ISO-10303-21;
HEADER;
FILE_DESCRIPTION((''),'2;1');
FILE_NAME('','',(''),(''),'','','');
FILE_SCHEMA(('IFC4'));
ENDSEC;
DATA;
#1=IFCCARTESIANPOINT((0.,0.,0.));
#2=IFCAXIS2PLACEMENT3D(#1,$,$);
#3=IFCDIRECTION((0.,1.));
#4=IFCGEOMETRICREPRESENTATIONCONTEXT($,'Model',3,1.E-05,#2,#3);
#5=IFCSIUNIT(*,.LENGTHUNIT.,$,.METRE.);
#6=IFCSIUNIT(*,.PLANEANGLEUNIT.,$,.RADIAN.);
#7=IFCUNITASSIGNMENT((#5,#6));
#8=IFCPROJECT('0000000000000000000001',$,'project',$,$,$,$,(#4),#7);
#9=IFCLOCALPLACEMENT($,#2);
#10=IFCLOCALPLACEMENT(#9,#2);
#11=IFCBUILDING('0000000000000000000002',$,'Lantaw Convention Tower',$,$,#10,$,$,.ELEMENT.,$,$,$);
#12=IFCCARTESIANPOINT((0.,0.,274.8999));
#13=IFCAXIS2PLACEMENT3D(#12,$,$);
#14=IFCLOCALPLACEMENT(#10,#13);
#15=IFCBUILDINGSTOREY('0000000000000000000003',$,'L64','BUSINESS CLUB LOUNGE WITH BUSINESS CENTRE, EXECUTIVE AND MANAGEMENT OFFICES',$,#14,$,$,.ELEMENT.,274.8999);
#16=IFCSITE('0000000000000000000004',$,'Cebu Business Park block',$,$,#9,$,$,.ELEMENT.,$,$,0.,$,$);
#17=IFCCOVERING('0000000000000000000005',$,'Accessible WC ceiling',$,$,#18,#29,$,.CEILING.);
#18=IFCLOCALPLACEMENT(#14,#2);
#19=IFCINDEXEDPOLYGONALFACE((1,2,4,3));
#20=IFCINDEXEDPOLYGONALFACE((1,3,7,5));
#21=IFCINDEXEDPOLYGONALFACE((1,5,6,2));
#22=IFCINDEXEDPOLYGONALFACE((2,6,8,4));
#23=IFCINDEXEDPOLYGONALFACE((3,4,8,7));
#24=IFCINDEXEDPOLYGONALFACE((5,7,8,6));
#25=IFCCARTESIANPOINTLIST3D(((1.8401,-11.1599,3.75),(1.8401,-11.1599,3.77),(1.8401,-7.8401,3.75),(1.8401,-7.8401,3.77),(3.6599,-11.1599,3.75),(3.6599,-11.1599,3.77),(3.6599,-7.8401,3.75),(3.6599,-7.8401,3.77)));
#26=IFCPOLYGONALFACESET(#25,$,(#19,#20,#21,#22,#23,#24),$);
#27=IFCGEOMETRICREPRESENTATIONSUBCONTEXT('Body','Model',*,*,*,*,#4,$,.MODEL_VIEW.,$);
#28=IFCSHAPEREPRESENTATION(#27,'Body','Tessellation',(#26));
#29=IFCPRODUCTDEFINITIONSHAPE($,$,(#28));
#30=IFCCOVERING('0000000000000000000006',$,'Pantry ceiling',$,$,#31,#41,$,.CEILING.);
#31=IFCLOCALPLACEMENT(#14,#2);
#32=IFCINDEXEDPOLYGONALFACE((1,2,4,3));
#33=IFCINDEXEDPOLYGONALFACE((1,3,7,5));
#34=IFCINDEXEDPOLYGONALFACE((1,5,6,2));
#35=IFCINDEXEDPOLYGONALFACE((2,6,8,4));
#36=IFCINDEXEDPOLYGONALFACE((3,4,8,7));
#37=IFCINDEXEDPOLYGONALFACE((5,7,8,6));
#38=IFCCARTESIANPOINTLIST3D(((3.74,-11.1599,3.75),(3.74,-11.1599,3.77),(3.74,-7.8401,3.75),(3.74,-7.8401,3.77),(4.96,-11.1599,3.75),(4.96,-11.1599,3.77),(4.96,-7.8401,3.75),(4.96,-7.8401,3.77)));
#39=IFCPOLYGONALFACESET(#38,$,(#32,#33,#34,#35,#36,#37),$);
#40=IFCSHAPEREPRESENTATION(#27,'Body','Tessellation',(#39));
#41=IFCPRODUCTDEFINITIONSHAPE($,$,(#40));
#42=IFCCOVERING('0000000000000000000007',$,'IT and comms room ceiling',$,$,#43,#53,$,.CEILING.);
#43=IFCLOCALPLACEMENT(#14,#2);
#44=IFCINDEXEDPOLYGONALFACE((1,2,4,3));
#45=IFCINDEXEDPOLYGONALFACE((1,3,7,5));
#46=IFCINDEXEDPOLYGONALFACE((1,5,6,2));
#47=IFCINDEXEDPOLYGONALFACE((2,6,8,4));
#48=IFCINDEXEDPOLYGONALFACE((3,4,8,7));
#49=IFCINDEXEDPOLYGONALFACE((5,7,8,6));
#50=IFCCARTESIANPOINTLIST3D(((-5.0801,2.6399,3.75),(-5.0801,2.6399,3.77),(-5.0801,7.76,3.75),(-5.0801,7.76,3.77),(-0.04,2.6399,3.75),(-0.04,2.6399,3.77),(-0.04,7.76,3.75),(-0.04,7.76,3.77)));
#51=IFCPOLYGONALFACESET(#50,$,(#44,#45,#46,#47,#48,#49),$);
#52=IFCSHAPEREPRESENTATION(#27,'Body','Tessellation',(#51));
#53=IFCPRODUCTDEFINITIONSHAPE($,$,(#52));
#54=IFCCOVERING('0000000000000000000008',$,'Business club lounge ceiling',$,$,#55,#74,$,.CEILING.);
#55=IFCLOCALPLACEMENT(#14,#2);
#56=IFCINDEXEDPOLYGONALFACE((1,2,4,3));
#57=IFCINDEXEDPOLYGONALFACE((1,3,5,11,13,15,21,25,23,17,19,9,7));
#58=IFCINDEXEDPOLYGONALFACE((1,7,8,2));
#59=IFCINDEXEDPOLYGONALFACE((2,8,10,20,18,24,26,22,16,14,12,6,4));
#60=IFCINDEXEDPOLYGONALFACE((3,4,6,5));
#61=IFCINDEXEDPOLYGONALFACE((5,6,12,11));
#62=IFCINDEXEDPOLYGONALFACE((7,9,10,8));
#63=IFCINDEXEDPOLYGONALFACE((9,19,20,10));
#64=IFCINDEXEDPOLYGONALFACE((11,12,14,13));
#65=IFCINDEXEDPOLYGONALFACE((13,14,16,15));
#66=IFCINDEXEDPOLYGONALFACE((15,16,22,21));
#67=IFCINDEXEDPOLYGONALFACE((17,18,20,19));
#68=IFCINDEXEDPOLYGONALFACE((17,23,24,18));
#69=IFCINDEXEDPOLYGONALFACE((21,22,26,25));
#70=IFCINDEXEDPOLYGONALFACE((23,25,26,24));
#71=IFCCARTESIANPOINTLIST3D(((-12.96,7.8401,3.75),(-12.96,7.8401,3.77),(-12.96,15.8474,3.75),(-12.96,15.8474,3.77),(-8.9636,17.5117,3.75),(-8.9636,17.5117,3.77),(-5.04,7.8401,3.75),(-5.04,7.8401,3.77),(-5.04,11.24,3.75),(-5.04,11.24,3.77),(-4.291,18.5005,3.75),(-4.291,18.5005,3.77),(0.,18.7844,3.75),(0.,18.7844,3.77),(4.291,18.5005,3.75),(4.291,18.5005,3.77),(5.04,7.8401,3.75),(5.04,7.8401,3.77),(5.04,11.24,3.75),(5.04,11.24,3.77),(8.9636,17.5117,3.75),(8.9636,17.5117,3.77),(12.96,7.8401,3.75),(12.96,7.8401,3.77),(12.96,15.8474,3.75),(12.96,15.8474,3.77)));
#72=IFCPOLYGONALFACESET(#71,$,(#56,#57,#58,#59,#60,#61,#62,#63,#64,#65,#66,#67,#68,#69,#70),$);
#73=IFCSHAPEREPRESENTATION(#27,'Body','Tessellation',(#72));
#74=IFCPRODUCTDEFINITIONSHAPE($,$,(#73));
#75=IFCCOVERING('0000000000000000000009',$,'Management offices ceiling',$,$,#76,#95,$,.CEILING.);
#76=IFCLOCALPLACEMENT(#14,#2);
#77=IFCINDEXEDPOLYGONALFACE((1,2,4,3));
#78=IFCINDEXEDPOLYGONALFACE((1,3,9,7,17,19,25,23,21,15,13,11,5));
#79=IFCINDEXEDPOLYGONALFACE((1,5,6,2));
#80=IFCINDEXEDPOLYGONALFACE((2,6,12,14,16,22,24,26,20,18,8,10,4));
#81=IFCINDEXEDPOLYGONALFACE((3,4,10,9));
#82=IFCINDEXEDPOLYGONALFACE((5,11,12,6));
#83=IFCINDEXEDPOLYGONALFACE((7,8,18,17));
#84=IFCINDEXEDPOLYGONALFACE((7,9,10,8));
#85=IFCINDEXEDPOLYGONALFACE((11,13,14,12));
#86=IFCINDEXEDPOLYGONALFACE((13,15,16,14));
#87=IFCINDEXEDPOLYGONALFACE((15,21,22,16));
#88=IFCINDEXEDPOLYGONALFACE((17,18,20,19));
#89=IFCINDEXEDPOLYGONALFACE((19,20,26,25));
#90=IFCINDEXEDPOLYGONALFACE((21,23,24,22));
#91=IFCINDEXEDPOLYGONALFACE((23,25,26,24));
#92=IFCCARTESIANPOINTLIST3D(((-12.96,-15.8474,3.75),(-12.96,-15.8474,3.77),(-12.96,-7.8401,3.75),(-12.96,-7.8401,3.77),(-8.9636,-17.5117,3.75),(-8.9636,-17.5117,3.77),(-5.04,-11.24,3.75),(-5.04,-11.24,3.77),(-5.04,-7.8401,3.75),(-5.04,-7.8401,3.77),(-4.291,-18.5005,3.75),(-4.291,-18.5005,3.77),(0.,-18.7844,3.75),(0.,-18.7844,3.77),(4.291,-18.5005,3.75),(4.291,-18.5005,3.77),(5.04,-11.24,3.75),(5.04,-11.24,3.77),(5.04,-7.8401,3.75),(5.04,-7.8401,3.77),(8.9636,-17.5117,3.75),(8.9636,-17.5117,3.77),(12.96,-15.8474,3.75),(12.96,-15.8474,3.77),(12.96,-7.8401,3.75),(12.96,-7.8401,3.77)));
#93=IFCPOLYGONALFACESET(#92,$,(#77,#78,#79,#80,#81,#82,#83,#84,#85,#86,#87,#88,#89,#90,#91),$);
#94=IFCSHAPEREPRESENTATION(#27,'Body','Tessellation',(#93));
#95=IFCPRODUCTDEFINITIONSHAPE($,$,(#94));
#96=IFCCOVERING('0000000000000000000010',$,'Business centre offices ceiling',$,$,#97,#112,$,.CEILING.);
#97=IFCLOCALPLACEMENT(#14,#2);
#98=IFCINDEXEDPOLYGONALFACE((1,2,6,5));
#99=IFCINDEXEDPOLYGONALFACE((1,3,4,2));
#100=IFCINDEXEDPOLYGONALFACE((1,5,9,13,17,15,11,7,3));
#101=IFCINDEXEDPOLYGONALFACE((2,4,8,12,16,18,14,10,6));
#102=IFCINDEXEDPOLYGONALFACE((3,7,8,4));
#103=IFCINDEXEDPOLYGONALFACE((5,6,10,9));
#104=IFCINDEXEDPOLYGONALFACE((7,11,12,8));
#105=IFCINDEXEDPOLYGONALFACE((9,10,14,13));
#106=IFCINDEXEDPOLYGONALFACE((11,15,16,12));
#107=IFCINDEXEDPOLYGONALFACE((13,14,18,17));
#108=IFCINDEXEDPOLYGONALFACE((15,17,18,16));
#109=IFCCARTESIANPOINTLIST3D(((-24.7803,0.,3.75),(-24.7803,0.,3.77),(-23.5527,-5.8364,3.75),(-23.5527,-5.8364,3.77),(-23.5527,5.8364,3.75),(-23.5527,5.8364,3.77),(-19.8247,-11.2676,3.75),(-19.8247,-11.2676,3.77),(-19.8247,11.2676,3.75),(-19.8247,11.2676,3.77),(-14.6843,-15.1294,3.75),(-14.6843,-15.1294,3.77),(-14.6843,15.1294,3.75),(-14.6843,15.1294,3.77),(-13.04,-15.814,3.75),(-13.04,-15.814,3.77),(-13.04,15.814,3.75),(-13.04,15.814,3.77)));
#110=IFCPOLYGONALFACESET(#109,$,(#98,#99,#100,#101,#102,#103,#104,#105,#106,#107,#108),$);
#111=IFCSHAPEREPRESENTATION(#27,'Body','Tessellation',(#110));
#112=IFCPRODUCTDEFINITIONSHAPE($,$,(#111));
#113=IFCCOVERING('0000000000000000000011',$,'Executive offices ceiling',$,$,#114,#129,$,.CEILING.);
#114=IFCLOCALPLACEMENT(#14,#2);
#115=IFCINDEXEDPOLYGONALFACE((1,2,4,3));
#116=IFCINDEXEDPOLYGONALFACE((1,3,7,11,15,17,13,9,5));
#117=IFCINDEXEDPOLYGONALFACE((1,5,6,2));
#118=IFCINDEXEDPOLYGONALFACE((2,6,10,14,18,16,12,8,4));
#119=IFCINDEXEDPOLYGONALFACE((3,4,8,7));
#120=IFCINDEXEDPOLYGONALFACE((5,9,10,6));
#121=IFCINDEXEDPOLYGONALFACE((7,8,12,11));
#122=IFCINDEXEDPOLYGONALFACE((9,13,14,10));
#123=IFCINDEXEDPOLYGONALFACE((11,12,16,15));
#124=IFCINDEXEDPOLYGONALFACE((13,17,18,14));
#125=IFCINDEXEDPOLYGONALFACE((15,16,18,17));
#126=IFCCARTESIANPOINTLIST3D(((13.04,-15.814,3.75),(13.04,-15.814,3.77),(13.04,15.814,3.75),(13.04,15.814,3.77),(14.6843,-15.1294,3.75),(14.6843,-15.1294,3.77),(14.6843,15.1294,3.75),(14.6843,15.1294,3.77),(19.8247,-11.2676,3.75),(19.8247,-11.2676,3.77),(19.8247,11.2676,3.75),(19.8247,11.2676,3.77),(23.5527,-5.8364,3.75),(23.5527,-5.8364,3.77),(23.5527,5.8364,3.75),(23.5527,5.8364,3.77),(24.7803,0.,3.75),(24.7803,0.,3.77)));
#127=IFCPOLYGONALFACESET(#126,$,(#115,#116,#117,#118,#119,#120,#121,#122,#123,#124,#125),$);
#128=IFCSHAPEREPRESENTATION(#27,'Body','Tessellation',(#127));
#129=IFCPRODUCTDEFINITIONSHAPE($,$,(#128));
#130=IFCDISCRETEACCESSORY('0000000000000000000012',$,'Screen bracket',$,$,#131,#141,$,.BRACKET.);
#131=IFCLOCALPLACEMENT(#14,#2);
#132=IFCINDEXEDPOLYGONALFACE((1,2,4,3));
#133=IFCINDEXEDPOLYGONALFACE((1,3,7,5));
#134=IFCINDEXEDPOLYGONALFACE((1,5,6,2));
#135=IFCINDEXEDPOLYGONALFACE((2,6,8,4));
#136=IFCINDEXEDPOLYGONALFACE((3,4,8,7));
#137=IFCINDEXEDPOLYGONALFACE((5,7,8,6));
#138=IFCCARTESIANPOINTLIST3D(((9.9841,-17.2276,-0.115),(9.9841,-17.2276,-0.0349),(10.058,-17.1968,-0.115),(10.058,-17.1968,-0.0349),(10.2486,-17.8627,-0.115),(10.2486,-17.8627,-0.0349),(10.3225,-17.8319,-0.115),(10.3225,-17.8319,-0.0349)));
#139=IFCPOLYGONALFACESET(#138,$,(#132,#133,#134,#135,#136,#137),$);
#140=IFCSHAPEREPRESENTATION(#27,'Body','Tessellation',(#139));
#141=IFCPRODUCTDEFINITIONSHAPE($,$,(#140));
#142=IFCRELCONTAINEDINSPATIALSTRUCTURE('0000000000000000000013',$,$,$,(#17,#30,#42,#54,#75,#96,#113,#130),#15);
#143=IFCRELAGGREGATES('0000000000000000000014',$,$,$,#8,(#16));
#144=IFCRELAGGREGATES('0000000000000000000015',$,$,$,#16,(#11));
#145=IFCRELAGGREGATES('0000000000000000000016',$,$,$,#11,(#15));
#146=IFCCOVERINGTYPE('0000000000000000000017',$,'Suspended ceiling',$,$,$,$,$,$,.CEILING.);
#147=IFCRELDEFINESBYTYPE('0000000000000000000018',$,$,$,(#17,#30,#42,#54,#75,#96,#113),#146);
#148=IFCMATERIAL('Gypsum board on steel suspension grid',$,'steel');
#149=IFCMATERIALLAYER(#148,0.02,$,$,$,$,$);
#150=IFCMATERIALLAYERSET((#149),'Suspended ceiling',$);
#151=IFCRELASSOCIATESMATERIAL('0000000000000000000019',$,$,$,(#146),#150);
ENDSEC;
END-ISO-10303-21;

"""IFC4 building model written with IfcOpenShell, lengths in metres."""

from ifc_helpers import new_model, si_unit, direction, frame, origin, origin_2d, place, context, subcontext, project, spatial, polyline, rectangle, outline, extrude, material, layer, layer_set, type_object, element, save


model = new_model("IFC4")

# Units and contexts
model_context = context("Model", 3, precision=1e-05, world=origin(), true_north=direction((0.0, 1.0)))
body_context = subcontext(model_context, "Body", "Model", "MODEL_VIEW")
ifc_project = project(units=[si_unit("LENGTHUNIT", "METRE"), si_unit("PLANEANGLEUNIT", "RADIAN")], contexts=[model_context])

# Site, building, storey
site_placement = place(None, origin())
site = spatial("IfcSite", under=ifc_project, at=site_placement, Name="Cebu Business Park block", CompositionType="ELEMENT", RefElevation=0.0)
building_placement = place(site_placement, origin())
building = spatial("IfcBuilding", under=site, at=building_placement, Name="Lantaw Convention Tower", CompositionType="ELEMENT")
storey_placement = place(building_placement, frame((0.0, 0.0, 274.8999)))
storey = spatial("IfcBuildingStorey", under=building, at=storey_placement, Name="L64", Description="BUSINESS CLUB LOUNGE WITH BUSINESS CENTRE, EXECUTIVE AND MANAGEMENT OFFICES", CompositionType="ELEMENT", Elevation=274.8999)

# Coverings
ifc_material_1 = material(Name="Gypsum board on steel suspension grid", Category="steel")
ifc_layer_1 = layer(ifc_material_1, 0.02)
ifc_layer_set_1 = layer_set([ifc_layer_1], Name="Suspended ceiling")
covering_type = type_object("IfcCoveringType", Name="Suspended ceiling", PredefinedType="CEILING", material=ifc_layer_set_1)
covering_1_placement = place(storey_placement, frame((0.0, 0.0, 3.75)))
element("IfcCovering", 1, at=covering_1_placement, inside=storey, type_object=covering_type, Name="Accessible WC ceiling", PredefinedType="CEILING", context=body_context, shape_type="SweptSolid", body=[
    extrude(outline(polyline([(1.8401, -11.1599), (3.6599, -11.1599), (3.6599, -7.8401), (1.8401, -7.8401), (1.8401, -11.1599)])), origin(), (0.0, 0.0, 1.0), 0.02),
])
covering_2_placement = place(storey_placement, frame((0.0, 0.0, 3.75)))
element("IfcCovering", 2, at=covering_2_placement, inside=storey, type_object=covering_type, Name="Pantry ceiling", PredefinedType="CEILING", context=body_context, shape_type="SweptSolid", body=[
    extrude(outline(polyline([(3.74, -11.1599), (4.96, -11.1599), (4.96, -7.8401), (3.74, -7.8401), (3.74, -11.1599)])), origin(), (0.0, 0.0, 1.0), 0.02),
])
covering_3_placement = place(storey_placement, frame((0.0, 0.0, 3.75)))
element("IfcCovering", 3, at=covering_3_placement, inside=storey, type_object=covering_type, Name="IT and comms room ceiling", PredefinedType="CEILING", context=body_context, shape_type="SweptSolid", body=[
    extrude(outline(polyline([(-5.0801, 2.6399), (-0.04, 2.6399), (-0.04, 7.76), (-5.0801, 7.76), (-5.0801, 2.6399)])), origin(), (0.0, 0.0, 1.0), 0.02),
])
covering_4_placement = place(storey_placement, frame((0.0, 0.0, 3.75)))
element("IfcCovering", 4, at=covering_4_placement, inside=storey, type_object=covering_type, Name="Business club lounge ceiling", PredefinedType="CEILING", context=body_context, shape_type="SweptSolid", body=[
    extrude(outline(polyline([(-8.9636, 17.5117), (-12.96, 15.8474), (-12.96, 7.8401), (-5.04, 7.8401), (-5.04, 11.24), (5.04, 11.24), (5.04, 7.8401), (12.96, 7.8401), (12.96, 15.8474), (8.9636, 17.5117), (4.291, 18.5005), (0.0, 18.7844), (-4.291, 18.5005), (-8.9636, 17.5117)])), origin(), (0.0, 0.0, 1.0), 0.02),
])
covering_5_placement = place(storey_placement, frame((0.0, 0.0, 3.75)))
element("IfcCovering", 5, at=covering_5_placement, inside=storey, type_object=covering_type, Name="Management offices ceiling", PredefinedType="CEILING", context=body_context, shape_type="SweptSolid", body=[
    extrude(outline(polyline([(8.9636, -17.5117), (12.96, -15.8474), (12.96, -7.8401), (5.04, -7.8401), (5.04, -11.24), (-5.04, -11.24), (-5.04, -7.8401), (-12.96, -7.8401), (-12.96, -15.8474), (-8.9636, -17.5117), (-4.291, -18.5005), (0.0, -18.7844), (4.291, -18.5005), (8.9636, -17.5117)])), origin(), (0.0, 0.0, 1.0), 0.02),
])
covering_6_placement = place(storey_placement, frame((0.0, 0.0, 3.75)))
element("IfcCovering", 6, at=covering_6_placement, inside=storey, type_object=covering_type, Name="Business centre offices ceiling", PredefinedType="CEILING", context=body_context, shape_type="SweptSolid", body=[
    extrude(outline(polyline([(-14.6843, -15.1294), (-13.04, -15.814), (-13.04, 15.814), (-14.6843, 15.1294), (-19.8247, 11.2676), (-23.5527, 5.8364), (-24.7803, 0.0), (-23.5527, -5.8364), (-19.8247, -11.2676), (-14.6843, -15.1294)])), origin(), (0.0, 0.0, 1.0), 0.02),
])
covering_7_placement = place(storey_placement, frame((0.0, 0.0, 3.75)))
element("IfcCovering", 7, at=covering_7_placement, inside=storey, type_object=covering_type, Name="Executive offices ceiling", PredefinedType="CEILING", context=body_context, shape_type="SweptSolid", body=[
    extrude(outline(polyline([(14.6843, -15.1294), (19.8247, -11.2676), (23.5527, -5.8364), (24.7803, 0.0), (23.5527, 5.8364), (19.8247, 11.2676), (14.6843, 15.1294), (13.04, 15.814), (13.04, -15.814), (14.6843, -15.1294)])), origin(), (0.0, 0.0, 1.0), 0.02),
])

# Discrete accessory
discrete_accessory_placement = place(storey_placement, frame((10.1533, -17.5298, -0.115), z_axis=(0.0, 0.0, 1.0), x_axis=(0.923142, 0.38446, 0.0)))
element("IfcDiscreteAccessory", 8, at=discrete_accessory_placement, inside=storey, Name="Screen bracket", PredefinedType="BRACKET", context=body_context, shape_type="SweptSolid", body=[
    extrude(rectangle(XDim=0.0801, YDim=0.688, at=origin_2d()), origin(), (0.0, 0.0, 1.0), 0.0801),
])

save(model, "model.ifc")
